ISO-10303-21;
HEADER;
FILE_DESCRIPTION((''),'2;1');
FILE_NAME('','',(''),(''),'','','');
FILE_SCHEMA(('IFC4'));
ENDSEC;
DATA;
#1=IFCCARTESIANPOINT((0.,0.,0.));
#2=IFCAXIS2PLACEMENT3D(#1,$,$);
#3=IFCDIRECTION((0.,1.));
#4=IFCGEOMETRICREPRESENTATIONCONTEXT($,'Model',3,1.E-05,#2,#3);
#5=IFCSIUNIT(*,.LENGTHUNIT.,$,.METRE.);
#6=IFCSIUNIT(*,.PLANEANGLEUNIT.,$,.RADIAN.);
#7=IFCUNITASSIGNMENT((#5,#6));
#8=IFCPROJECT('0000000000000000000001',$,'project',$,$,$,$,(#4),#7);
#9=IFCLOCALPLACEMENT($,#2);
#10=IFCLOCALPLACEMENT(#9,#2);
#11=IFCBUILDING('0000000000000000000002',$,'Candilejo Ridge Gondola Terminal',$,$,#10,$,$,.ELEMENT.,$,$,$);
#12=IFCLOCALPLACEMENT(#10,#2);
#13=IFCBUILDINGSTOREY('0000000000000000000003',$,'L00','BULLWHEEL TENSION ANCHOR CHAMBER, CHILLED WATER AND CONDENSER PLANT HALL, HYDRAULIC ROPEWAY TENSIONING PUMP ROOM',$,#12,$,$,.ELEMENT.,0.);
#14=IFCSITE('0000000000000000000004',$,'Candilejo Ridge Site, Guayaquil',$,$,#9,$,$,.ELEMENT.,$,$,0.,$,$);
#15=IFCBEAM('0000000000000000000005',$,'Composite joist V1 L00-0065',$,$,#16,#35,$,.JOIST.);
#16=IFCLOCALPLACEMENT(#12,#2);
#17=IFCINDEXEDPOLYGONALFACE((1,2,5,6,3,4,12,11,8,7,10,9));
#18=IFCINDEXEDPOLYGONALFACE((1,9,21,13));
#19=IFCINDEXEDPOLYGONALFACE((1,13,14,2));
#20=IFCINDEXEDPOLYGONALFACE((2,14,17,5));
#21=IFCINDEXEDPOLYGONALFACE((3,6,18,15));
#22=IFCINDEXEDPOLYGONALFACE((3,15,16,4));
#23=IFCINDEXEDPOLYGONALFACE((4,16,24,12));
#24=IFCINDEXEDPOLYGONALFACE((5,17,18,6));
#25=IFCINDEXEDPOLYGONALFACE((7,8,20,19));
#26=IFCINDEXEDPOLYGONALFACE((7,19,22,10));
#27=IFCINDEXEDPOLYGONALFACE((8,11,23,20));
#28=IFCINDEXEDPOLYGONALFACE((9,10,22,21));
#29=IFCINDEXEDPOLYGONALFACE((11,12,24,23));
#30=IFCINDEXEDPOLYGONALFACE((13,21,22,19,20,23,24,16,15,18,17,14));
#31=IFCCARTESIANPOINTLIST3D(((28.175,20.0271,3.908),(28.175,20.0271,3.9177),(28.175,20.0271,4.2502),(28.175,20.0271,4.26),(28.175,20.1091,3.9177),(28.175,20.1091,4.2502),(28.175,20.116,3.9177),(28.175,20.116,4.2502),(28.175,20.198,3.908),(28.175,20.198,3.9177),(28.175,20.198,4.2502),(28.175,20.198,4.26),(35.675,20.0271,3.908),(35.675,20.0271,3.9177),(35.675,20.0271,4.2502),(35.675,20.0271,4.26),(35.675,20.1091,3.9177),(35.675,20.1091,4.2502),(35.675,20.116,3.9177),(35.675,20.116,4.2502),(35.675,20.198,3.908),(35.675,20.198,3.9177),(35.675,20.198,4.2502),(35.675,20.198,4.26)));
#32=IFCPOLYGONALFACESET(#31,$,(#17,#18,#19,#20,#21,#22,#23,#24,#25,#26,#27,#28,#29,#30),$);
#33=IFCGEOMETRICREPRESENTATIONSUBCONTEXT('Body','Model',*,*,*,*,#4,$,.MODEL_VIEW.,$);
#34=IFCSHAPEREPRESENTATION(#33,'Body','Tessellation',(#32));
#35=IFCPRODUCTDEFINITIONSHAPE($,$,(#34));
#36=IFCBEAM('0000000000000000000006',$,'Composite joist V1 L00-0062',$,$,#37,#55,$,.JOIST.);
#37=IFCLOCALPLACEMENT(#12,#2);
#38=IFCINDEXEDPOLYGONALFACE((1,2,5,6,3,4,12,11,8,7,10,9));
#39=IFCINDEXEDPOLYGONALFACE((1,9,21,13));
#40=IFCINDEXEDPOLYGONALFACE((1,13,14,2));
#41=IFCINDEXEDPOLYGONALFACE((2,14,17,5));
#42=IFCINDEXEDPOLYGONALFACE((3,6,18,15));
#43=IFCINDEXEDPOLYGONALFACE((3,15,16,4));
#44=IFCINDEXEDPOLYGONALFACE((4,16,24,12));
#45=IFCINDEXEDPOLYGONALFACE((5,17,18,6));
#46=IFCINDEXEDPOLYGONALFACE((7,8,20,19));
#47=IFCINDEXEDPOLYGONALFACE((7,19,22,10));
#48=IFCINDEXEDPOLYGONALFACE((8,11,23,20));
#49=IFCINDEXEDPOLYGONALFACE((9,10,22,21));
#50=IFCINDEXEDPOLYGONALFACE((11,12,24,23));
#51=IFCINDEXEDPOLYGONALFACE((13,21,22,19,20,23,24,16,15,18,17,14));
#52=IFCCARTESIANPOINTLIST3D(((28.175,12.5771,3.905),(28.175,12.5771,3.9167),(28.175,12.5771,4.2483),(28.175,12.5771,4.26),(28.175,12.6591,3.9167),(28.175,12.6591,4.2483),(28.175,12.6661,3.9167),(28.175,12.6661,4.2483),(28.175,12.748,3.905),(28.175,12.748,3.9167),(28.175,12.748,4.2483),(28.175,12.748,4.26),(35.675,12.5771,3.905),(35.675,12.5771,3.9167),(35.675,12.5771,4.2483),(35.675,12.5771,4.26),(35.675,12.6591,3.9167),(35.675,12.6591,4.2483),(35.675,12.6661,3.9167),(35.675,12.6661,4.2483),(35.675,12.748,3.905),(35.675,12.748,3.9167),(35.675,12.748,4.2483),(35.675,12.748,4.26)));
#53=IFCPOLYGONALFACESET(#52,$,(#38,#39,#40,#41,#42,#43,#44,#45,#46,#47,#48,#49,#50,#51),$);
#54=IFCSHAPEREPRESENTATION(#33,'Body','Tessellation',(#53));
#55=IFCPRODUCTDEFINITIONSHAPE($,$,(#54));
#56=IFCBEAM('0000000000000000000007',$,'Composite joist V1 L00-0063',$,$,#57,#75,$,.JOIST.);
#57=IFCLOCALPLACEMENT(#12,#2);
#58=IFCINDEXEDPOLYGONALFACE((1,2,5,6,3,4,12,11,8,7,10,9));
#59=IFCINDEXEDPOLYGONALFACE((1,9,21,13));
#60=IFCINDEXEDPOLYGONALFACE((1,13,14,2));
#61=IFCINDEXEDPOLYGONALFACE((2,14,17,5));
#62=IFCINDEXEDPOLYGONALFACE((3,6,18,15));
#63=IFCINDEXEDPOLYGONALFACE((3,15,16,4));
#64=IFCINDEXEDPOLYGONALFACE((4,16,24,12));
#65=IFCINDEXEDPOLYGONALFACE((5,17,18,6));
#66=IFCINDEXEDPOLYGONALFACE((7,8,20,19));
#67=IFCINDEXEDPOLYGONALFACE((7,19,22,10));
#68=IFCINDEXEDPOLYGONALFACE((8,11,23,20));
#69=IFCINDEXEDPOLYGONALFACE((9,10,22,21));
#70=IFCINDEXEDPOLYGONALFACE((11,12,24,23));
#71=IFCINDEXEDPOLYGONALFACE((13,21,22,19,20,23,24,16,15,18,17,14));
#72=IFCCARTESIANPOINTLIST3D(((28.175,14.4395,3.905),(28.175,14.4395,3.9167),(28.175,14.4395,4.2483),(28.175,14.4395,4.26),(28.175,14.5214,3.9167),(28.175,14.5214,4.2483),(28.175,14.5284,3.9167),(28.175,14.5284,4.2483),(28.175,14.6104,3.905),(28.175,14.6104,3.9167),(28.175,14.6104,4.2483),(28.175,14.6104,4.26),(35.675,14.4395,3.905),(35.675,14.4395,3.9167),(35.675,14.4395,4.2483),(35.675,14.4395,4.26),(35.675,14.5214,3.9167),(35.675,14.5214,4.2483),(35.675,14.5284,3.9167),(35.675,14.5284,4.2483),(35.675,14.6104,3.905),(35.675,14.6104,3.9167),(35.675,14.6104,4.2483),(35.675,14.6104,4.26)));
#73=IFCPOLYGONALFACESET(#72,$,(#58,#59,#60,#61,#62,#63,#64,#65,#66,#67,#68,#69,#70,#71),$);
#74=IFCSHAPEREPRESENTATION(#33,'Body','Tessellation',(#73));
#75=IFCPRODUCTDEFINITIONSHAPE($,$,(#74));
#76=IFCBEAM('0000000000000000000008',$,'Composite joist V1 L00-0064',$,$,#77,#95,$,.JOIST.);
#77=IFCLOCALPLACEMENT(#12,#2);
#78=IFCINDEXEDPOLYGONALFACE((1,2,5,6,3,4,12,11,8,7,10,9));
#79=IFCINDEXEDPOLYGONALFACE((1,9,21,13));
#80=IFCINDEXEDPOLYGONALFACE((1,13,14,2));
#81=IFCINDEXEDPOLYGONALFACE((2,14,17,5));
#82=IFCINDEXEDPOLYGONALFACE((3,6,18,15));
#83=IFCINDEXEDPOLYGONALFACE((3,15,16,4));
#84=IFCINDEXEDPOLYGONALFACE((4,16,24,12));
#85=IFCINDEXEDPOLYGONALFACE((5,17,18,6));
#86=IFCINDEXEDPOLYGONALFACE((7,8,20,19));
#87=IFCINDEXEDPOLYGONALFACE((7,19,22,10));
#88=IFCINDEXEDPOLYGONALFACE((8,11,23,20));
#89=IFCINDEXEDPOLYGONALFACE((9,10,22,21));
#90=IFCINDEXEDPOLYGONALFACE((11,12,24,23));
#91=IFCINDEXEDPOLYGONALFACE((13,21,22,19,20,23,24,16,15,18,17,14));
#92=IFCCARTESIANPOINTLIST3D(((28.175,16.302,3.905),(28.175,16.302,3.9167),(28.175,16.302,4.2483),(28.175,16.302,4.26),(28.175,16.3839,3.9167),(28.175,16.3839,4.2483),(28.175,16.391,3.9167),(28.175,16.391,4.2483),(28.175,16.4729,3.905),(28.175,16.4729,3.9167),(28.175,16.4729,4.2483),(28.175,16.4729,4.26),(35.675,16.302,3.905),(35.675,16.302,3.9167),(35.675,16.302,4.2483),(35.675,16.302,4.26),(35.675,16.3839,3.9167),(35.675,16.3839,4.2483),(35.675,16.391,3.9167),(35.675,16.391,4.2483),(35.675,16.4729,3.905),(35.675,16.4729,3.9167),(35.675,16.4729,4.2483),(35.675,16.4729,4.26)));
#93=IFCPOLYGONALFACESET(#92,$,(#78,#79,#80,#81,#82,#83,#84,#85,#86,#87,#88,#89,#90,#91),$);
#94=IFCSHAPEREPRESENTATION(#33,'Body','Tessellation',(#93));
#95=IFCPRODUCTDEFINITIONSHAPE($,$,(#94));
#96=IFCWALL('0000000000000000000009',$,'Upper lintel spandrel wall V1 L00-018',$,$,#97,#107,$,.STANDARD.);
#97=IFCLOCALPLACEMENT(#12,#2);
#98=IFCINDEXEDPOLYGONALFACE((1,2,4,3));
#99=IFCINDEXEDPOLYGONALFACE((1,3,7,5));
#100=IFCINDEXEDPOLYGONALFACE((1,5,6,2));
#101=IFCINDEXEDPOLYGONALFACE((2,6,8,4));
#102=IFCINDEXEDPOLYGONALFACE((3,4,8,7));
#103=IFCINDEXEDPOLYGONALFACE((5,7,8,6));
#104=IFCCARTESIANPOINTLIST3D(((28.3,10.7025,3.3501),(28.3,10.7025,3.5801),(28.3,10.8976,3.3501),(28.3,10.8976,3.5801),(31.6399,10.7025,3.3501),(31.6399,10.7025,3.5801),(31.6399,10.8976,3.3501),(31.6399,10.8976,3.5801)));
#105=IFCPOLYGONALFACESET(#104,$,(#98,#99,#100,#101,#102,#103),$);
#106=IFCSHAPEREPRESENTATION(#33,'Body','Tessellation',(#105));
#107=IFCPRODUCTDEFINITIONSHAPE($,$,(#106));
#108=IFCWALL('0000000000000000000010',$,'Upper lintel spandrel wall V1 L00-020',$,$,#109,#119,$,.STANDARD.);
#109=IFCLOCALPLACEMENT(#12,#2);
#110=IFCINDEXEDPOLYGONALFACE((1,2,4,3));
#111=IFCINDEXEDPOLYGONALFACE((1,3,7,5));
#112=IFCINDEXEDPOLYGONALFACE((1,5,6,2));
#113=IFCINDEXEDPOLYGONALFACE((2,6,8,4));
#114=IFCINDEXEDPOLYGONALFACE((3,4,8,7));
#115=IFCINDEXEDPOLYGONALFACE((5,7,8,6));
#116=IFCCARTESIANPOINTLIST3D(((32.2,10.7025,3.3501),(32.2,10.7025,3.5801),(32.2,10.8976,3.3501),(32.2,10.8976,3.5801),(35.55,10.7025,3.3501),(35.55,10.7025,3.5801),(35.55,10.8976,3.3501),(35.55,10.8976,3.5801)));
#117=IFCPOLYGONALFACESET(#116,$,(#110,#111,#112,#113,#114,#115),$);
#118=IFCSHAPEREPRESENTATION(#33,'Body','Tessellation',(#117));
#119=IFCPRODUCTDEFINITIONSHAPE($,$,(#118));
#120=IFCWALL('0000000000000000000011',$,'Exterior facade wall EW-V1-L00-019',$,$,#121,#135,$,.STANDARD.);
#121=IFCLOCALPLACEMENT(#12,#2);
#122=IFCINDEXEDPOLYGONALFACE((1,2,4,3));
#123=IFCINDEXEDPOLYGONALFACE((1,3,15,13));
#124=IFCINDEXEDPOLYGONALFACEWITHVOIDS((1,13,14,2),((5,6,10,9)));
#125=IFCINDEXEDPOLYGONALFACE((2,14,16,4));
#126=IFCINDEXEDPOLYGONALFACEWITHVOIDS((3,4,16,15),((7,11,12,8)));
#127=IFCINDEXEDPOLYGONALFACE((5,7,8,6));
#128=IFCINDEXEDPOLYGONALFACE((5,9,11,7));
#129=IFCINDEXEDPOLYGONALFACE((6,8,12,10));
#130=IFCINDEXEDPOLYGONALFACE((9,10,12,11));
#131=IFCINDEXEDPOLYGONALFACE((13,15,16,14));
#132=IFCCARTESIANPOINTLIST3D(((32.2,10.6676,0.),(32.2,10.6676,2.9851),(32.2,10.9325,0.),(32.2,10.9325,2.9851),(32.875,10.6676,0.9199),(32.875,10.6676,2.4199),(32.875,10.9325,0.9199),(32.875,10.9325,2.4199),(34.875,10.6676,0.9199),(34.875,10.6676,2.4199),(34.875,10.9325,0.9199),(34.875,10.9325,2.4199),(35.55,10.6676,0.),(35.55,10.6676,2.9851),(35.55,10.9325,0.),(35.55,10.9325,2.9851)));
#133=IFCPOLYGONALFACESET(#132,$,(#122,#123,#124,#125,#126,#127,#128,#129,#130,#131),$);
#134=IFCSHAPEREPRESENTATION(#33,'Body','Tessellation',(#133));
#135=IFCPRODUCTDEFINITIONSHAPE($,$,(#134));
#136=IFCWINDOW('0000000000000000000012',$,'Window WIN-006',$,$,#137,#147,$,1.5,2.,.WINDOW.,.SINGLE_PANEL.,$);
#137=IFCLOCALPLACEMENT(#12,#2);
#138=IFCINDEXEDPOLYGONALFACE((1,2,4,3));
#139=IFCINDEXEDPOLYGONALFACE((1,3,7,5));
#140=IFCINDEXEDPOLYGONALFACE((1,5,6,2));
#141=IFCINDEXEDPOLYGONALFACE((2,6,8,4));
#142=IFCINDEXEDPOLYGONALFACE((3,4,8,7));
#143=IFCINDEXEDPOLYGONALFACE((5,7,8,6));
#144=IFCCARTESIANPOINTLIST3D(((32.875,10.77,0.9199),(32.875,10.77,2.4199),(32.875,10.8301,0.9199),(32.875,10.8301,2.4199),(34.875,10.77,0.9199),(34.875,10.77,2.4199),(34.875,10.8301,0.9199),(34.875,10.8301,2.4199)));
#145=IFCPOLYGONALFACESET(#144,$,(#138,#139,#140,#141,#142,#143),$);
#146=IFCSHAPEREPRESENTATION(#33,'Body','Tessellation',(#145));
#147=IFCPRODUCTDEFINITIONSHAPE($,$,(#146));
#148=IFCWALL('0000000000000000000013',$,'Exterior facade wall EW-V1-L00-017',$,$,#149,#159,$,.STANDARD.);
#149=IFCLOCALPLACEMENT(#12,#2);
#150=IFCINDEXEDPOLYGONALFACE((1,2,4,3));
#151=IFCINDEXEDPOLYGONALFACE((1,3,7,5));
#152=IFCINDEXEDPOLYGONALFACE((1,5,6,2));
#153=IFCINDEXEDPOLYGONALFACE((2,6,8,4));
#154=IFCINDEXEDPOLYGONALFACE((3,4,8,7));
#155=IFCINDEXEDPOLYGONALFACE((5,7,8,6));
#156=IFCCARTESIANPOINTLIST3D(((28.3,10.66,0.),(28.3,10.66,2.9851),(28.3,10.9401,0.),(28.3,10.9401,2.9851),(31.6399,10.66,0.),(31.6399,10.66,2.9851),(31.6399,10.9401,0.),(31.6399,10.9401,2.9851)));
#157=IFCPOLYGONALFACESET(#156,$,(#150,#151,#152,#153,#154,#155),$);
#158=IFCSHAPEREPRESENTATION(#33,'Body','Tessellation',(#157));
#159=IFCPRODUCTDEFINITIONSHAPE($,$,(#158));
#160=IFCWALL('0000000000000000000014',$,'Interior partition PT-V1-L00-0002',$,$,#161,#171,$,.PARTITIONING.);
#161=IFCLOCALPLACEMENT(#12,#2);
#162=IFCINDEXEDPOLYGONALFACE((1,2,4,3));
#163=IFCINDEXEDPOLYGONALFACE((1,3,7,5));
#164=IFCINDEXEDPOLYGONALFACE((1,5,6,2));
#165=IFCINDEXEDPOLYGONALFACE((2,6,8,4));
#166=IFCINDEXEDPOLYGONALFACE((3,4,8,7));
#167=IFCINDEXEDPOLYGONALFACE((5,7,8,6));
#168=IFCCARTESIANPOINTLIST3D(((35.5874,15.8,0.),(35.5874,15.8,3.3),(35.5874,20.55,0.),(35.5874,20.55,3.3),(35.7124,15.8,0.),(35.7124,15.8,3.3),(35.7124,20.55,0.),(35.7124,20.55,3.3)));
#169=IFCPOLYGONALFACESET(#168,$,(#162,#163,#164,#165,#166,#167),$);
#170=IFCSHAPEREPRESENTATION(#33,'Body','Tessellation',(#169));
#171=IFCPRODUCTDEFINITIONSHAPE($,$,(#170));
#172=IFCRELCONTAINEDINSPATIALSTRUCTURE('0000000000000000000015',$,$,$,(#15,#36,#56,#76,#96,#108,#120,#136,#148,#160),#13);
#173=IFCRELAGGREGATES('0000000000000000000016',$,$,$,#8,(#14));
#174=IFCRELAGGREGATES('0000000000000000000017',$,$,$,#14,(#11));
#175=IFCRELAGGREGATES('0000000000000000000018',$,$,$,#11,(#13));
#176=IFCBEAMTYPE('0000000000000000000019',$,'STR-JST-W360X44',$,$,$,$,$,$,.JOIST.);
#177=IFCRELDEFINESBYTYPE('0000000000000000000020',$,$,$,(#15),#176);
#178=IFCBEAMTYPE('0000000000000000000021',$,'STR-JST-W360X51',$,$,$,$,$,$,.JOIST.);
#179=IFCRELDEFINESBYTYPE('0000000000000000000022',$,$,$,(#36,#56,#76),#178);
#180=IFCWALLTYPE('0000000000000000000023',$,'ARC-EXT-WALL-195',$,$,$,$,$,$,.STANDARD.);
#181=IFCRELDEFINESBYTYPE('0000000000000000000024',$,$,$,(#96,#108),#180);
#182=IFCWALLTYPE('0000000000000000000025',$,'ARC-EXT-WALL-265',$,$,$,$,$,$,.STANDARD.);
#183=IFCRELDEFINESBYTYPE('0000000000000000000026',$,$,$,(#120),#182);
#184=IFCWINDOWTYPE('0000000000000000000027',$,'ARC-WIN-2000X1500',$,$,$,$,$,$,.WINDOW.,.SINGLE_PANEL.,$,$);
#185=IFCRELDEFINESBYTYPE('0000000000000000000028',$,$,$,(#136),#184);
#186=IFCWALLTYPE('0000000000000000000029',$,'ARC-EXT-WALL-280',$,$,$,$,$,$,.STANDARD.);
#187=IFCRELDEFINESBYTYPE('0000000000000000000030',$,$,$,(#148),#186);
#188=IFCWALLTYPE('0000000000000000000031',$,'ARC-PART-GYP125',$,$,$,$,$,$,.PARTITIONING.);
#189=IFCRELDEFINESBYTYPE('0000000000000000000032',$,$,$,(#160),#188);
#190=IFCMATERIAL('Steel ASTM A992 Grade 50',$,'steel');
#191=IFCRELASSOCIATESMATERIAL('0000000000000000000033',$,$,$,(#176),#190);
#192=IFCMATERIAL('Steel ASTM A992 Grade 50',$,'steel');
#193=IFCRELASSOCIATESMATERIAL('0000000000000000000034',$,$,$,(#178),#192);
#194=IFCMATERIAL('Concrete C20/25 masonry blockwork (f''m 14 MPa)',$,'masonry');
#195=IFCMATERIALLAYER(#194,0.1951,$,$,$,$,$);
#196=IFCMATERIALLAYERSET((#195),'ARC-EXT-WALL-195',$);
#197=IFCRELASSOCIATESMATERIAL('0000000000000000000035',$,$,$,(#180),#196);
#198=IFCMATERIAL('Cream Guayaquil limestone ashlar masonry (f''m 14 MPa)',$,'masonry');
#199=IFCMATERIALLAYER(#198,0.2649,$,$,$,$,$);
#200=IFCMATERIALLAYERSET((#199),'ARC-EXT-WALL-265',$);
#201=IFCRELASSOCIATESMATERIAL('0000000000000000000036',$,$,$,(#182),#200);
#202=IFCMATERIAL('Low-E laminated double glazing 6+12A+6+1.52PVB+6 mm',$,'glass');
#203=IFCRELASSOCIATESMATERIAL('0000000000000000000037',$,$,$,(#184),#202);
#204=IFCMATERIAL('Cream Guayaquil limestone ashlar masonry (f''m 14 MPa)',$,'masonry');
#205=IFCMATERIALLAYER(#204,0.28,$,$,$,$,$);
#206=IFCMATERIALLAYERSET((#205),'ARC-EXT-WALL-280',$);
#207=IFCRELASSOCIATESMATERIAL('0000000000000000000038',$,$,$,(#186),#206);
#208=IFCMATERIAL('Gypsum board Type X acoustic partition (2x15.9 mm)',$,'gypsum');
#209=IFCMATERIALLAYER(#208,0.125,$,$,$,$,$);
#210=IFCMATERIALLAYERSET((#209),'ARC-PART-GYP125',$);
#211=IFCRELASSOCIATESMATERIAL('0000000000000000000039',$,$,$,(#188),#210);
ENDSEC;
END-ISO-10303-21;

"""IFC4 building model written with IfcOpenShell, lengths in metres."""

from ifc_helpers import new_model, si_unit, direction, frame, frame_2d, origin, origin_2d, place, context, subcontext, project, spatial, rectangle, i_section, extrude, material, layer, layer_set, material_profile, profile_set, type_object, element, fill, save


model = new_model("IFC4")

# Units and contexts
model_context = context("Model", 3, precision=1e-05, world=origin(), true_north=direction((0.0, 1.0)))
body_context = subcontext(model_context, "Body", "Model", "MODEL_VIEW")
ifc_project = project(units=[si_unit("LENGTHUNIT", "METRE"), si_unit("PLANEANGLEUNIT", "RADIAN")], contexts=[model_context])

# Site, building, storey
site_placement = place(None, origin())
site = spatial("IfcSite", under=ifc_project, at=site_placement, Name="Candilejo Ridge Site, Guayaquil", CompositionType="ELEMENT", RefElevation=0.0)
building_placement = place(site_placement, origin())
building = spatial("IfcBuilding", under=site, at=building_placement, Name="Candilejo Ridge Gondola Terminal", CompositionType="ELEMENT")
storey_placement = place(building_placement, origin())
storey = spatial("IfcBuildingStorey", under=building, at=storey_placement, Name="L00", Description="BULLWHEEL TENSION ANCHOR CHAMBER, CHILLED WATER AND CONDENSER PLANT HALL, HYDRAULIC ROPEWAY TENSIONING PUMP ROOM", CompositionType="ELEMENT", Elevation=0.0)

# Beams
ifc_material_1 = material(Name="Steel ASTM A992 Grade 50", Category="steel")
ifc_material_profile_1 = material_profile(ifc_material_1, i_section(OverallWidth=0.1709, OverallDepth=0.3521, WebThickness=0.0068, FlangeThickness=0.0098, at=origin_2d()))
ifc_profile_set_1 = profile_set([ifc_material_profile_1], Name="Steel ASTM A992 Grade 50")
beam_type_1 = type_object("IfcBeamType", Name="STR-JST-W360X44", PredefinedType="JOIST", material=ifc_profile_set_1)
beam_1_placement = place(storey_placement, frame((28.175, 20.1125, 4.084), z_axis=(1.0, 0.0, 0.0), x_axis=(0.0, 1.0, 0.0)))
element("IfcBeam", 1, at=beam_1_placement, inside=storey, type_object=beam_type_1, Name="Composite joist V1 L00-0065", PredefinedType="JOIST", context=body_context, shape_type="SweptSolid", body=[
    extrude(i_section(OverallWidth=0.1709, OverallDepth=0.3521, WebThickness=0.0068, FlangeThickness=0.0098, at=origin_2d()), origin(), (0.0, 0.0, 1.0), 7.5),
])
ifc_material_2 = material(Name="Steel ASTM A992 Grade 50", Category="steel")
ifc_material_profile_2 = material_profile(ifc_material_2, i_section(OverallWidth=0.1709, OverallDepth=0.355, WebThickness=0.0071, FlangeThickness=0.0117, at=origin_2d()))
ifc_profile_set_2 = profile_set([ifc_material_profile_2], Name="Steel ASTM A992 Grade 50")
beam_type_2 = type_object("IfcBeamType", Name="STR-JST-W360X51", PredefinedType="JOIST", material=ifc_profile_set_2)
for number, where, z_axis, x_axis, name in (
    (2, (28.175, 12.6626, 4.0825), (1.0, 0.0, 0.0), (0.0, 1.0, 0.0), "Composite joist V1 L00-0062"),
    (3, (28.175, 14.5249, 4.0825), (1.0, 0.0, 0.0), (0.0, 1.0, 0.0), "Composite joist V1 L00-0063"),
    (4, (28.175, 16.3875, 4.0825), (1.0, 0.0, 0.0), (0.0, 1.0, 0.0), "Composite joist V1 L00-0064"),
):
    element("IfcBeam", number, at=place(storey_placement, frame(where, z_axis=z_axis, x_axis=x_axis)), inside=storey, type_object=beam_type_2, Name=name, PredefinedType="JOIST", context=body_context, shape_type="SweptSolid", body=[
        extrude(i_section(OverallWidth=0.1709, OverallDepth=0.355, WebThickness=0.0071, FlangeThickness=0.0117, at=origin_2d()), origin(), (0.0, 0.0, 1.0), 7.5),
    ])

# Walls
ifc_material_3 = material(Name="Concrete C20/25 masonry blockwork (f'm 14 MPa)", Category="masonry")
ifc_layer_1 = layer(ifc_material_3, 0.1951)
ifc_layer_set_1 = layer_set([ifc_layer_1], Name="ARC-EXT-WALL-195")
wall_type_1 = type_object("IfcWallType", Name="ARC-EXT-WALL-195", PredefinedType="STANDARD", material=ifc_layer_set_1)
wall_1_placement = place(storey_placement, frame((31.6399, 10.8, 3.3501), z_axis=(0.0, 0.0, 1.0), x_axis=(-1.0, 0.0, 0.0)))
element("IfcWall", 5, at=wall_1_placement, inside=storey, type_object=wall_type_1, Name="Upper lintel spandrel wall V1 L00-018", PredefinedType="STANDARD", context=body_context, shape_type="SweptSolid", body=[
    extrude(rectangle(XDim=3.3398, YDim=0.1951, at=frame_2d((1.6699, 0.0))), origin(), (0.0, 0.0, 1.0), 0.23),
])
wall_2_placement = place(storey_placement, frame((35.55, 10.8, 3.3501), z_axis=(0.0, 0.0, 1.0), x_axis=(-1.0, 0.0, 0.0)))
element("IfcWall", 6, at=wall_2_placement, inside=storey, type_object=wall_type_1, Name="Upper lintel spandrel wall V1 L00-020", PredefinedType="STANDARD", context=body_context, shape_type="SweptSolid", body=[
    extrude(rectangle(XDim=3.3501, YDim=0.1951, at=frame_2d((1.675, 0.0))), origin(), (0.0, 0.0, 1.0), 0.23),
])

# Wall, opening, window
ifc_material_4 = material(Name="Cream Guayaquil limestone ashlar masonry (f'm 14 MPa)", Category="masonry")
ifc_layer_2 = layer(ifc_material_4, 0.2649)
ifc_layer_set_2 = layer_set([ifc_layer_2], Name="ARC-EXT-WALL-265")
wall_type_2 = type_object("IfcWallType", Name="ARC-EXT-WALL-265", PredefinedType="STANDARD", material=ifc_layer_set_2)
wall_3_placement = place(storey_placement, frame((35.55, 10.8, 0.0), z_axis=(0.0, 0.0, 1.0), x_axis=(-1.0, 0.0, 0.0)))
wall_3 = element("IfcWall", 7, at=wall_3_placement, inside=storey, type_object=wall_type_2, Name="Exterior facade wall EW-V1-L00-019", PredefinedType="STANDARD", context=body_context, shape_type="SweptSolid", body=[
    extrude(rectangle(XDim=3.3501, YDim=0.2649, at=frame_2d((1.675, 0.0))), origin(), (0.0, 0.0, 1.0), 2.9851),
])
opening_placement = place(wall_3_placement, frame((0.675, 0.0, 0.9199)))
opening = element("IfcOpeningElement", 8, at=opening_placement, cuts=wall_3, PredefinedType="OPENING", context=body_context, shape_type="SweptSolid", body=[
    extrude(rectangle(XDim=2.0, YDim=1.5, at=frame_2d((1.0, 0.75))), frame((0.0, 0.1423, 0.0), z_axis=(0.0, -1.0, 0.0), x_axis=(1.0, 0.0, 0.0)), (0.0, 0.0, 1.0), 0.2849),
])
ifc_material_5 = material(Name="Low-E laminated double glazing 6+12A+6+1.52PVB+6 mm", Category="glass")
window_type = type_object("IfcWindowType", Name="ARC-WIN-2000X1500", PartitioningType="SINGLE_PANEL", PredefinedType="WINDOW", material=ifc_material_5)
window_placement = place(opening_placement, origin())
window = element("IfcWindow", 9, at=window_placement, inside=storey, type_object=window_type, Name="Window WIN-006", OverallHeight=1.5, OverallWidth=2.0, PartitioningType="SINGLE_PANEL", PredefinedType="WINDOW", context=body_context, shape_type="SweptSolid", body=[
    extrude(rectangle(XDim=2.0, YDim=1.5, at=frame_2d((1.0, 0.75))), frame((0.0, 0.03, 0.0), z_axis=(0.0, -1.0, 0.0), x_axis=(1.0, 0.0, 0.0)), (0.0, 0.0, 1.0), 0.0601),
])
fill(opening, window)

# Walls
ifc_material_6 = material(Name="Cream Guayaquil limestone ashlar masonry (f'm 14 MPa)", Category="masonry")
ifc_layer_3 = layer(ifc_material_6, 0.28)
ifc_layer_set_3 = layer_set([ifc_layer_3], Name="ARC-EXT-WALL-280")
wall_type_3 = type_object("IfcWallType", Name="ARC-EXT-WALL-280", PredefinedType="STANDARD", material=ifc_layer_set_3)
wall_4_placement = place(storey_placement, frame((31.6399, 10.8, 0.0), z_axis=(0.0, 0.0, 1.0), x_axis=(-1.0, 0.0, 0.0)))
element("IfcWall", 10, at=wall_4_placement, inside=storey, type_object=wall_type_3, Name="Exterior facade wall EW-V1-L00-017", PredefinedType="STANDARD", context=body_context, shape_type="SweptSolid", body=[
    extrude(rectangle(XDim=3.3398, YDim=0.28, at=frame_2d((1.6699, 0.0))), origin(), (0.0, 0.0, 1.0), 2.9851),
])
ifc_material_7 = material(Name="Gypsum board Type X acoustic partition (2x15.9 mm)", Category="gypsum")
ifc_layer_4 = layer(ifc_material_7, 0.125)
ifc_layer_set_4 = layer_set([ifc_layer_4], Name="ARC-PART-GYP125")
wall_type_4 = type_object("IfcWallType", Name="ARC-PART-GYP125", PredefinedType="PARTITIONING", material=ifc_layer_set_4)
wall_5_placement = place(storey_placement, frame((35.6499, 15.8, 0.0), z_axis=(0.0, 0.0, 1.0), x_axis=(0.0, 1.0, 0.0)))
element("IfcWall", 11, at=wall_5_placement, inside=storey, type_object=wall_type_4, Name="Interior partition PT-V1-L00-0002", PredefinedType="PARTITIONING", context=body_context, shape_type="SweptSolid", body=[
    extrude(rectangle(XDim=4.75, YDim=0.125, at=frame_2d((2.375, 0.0))), origin(), (0.0, 0.0, 1.0), 3.3),
])

save(model, "model.ifc")
